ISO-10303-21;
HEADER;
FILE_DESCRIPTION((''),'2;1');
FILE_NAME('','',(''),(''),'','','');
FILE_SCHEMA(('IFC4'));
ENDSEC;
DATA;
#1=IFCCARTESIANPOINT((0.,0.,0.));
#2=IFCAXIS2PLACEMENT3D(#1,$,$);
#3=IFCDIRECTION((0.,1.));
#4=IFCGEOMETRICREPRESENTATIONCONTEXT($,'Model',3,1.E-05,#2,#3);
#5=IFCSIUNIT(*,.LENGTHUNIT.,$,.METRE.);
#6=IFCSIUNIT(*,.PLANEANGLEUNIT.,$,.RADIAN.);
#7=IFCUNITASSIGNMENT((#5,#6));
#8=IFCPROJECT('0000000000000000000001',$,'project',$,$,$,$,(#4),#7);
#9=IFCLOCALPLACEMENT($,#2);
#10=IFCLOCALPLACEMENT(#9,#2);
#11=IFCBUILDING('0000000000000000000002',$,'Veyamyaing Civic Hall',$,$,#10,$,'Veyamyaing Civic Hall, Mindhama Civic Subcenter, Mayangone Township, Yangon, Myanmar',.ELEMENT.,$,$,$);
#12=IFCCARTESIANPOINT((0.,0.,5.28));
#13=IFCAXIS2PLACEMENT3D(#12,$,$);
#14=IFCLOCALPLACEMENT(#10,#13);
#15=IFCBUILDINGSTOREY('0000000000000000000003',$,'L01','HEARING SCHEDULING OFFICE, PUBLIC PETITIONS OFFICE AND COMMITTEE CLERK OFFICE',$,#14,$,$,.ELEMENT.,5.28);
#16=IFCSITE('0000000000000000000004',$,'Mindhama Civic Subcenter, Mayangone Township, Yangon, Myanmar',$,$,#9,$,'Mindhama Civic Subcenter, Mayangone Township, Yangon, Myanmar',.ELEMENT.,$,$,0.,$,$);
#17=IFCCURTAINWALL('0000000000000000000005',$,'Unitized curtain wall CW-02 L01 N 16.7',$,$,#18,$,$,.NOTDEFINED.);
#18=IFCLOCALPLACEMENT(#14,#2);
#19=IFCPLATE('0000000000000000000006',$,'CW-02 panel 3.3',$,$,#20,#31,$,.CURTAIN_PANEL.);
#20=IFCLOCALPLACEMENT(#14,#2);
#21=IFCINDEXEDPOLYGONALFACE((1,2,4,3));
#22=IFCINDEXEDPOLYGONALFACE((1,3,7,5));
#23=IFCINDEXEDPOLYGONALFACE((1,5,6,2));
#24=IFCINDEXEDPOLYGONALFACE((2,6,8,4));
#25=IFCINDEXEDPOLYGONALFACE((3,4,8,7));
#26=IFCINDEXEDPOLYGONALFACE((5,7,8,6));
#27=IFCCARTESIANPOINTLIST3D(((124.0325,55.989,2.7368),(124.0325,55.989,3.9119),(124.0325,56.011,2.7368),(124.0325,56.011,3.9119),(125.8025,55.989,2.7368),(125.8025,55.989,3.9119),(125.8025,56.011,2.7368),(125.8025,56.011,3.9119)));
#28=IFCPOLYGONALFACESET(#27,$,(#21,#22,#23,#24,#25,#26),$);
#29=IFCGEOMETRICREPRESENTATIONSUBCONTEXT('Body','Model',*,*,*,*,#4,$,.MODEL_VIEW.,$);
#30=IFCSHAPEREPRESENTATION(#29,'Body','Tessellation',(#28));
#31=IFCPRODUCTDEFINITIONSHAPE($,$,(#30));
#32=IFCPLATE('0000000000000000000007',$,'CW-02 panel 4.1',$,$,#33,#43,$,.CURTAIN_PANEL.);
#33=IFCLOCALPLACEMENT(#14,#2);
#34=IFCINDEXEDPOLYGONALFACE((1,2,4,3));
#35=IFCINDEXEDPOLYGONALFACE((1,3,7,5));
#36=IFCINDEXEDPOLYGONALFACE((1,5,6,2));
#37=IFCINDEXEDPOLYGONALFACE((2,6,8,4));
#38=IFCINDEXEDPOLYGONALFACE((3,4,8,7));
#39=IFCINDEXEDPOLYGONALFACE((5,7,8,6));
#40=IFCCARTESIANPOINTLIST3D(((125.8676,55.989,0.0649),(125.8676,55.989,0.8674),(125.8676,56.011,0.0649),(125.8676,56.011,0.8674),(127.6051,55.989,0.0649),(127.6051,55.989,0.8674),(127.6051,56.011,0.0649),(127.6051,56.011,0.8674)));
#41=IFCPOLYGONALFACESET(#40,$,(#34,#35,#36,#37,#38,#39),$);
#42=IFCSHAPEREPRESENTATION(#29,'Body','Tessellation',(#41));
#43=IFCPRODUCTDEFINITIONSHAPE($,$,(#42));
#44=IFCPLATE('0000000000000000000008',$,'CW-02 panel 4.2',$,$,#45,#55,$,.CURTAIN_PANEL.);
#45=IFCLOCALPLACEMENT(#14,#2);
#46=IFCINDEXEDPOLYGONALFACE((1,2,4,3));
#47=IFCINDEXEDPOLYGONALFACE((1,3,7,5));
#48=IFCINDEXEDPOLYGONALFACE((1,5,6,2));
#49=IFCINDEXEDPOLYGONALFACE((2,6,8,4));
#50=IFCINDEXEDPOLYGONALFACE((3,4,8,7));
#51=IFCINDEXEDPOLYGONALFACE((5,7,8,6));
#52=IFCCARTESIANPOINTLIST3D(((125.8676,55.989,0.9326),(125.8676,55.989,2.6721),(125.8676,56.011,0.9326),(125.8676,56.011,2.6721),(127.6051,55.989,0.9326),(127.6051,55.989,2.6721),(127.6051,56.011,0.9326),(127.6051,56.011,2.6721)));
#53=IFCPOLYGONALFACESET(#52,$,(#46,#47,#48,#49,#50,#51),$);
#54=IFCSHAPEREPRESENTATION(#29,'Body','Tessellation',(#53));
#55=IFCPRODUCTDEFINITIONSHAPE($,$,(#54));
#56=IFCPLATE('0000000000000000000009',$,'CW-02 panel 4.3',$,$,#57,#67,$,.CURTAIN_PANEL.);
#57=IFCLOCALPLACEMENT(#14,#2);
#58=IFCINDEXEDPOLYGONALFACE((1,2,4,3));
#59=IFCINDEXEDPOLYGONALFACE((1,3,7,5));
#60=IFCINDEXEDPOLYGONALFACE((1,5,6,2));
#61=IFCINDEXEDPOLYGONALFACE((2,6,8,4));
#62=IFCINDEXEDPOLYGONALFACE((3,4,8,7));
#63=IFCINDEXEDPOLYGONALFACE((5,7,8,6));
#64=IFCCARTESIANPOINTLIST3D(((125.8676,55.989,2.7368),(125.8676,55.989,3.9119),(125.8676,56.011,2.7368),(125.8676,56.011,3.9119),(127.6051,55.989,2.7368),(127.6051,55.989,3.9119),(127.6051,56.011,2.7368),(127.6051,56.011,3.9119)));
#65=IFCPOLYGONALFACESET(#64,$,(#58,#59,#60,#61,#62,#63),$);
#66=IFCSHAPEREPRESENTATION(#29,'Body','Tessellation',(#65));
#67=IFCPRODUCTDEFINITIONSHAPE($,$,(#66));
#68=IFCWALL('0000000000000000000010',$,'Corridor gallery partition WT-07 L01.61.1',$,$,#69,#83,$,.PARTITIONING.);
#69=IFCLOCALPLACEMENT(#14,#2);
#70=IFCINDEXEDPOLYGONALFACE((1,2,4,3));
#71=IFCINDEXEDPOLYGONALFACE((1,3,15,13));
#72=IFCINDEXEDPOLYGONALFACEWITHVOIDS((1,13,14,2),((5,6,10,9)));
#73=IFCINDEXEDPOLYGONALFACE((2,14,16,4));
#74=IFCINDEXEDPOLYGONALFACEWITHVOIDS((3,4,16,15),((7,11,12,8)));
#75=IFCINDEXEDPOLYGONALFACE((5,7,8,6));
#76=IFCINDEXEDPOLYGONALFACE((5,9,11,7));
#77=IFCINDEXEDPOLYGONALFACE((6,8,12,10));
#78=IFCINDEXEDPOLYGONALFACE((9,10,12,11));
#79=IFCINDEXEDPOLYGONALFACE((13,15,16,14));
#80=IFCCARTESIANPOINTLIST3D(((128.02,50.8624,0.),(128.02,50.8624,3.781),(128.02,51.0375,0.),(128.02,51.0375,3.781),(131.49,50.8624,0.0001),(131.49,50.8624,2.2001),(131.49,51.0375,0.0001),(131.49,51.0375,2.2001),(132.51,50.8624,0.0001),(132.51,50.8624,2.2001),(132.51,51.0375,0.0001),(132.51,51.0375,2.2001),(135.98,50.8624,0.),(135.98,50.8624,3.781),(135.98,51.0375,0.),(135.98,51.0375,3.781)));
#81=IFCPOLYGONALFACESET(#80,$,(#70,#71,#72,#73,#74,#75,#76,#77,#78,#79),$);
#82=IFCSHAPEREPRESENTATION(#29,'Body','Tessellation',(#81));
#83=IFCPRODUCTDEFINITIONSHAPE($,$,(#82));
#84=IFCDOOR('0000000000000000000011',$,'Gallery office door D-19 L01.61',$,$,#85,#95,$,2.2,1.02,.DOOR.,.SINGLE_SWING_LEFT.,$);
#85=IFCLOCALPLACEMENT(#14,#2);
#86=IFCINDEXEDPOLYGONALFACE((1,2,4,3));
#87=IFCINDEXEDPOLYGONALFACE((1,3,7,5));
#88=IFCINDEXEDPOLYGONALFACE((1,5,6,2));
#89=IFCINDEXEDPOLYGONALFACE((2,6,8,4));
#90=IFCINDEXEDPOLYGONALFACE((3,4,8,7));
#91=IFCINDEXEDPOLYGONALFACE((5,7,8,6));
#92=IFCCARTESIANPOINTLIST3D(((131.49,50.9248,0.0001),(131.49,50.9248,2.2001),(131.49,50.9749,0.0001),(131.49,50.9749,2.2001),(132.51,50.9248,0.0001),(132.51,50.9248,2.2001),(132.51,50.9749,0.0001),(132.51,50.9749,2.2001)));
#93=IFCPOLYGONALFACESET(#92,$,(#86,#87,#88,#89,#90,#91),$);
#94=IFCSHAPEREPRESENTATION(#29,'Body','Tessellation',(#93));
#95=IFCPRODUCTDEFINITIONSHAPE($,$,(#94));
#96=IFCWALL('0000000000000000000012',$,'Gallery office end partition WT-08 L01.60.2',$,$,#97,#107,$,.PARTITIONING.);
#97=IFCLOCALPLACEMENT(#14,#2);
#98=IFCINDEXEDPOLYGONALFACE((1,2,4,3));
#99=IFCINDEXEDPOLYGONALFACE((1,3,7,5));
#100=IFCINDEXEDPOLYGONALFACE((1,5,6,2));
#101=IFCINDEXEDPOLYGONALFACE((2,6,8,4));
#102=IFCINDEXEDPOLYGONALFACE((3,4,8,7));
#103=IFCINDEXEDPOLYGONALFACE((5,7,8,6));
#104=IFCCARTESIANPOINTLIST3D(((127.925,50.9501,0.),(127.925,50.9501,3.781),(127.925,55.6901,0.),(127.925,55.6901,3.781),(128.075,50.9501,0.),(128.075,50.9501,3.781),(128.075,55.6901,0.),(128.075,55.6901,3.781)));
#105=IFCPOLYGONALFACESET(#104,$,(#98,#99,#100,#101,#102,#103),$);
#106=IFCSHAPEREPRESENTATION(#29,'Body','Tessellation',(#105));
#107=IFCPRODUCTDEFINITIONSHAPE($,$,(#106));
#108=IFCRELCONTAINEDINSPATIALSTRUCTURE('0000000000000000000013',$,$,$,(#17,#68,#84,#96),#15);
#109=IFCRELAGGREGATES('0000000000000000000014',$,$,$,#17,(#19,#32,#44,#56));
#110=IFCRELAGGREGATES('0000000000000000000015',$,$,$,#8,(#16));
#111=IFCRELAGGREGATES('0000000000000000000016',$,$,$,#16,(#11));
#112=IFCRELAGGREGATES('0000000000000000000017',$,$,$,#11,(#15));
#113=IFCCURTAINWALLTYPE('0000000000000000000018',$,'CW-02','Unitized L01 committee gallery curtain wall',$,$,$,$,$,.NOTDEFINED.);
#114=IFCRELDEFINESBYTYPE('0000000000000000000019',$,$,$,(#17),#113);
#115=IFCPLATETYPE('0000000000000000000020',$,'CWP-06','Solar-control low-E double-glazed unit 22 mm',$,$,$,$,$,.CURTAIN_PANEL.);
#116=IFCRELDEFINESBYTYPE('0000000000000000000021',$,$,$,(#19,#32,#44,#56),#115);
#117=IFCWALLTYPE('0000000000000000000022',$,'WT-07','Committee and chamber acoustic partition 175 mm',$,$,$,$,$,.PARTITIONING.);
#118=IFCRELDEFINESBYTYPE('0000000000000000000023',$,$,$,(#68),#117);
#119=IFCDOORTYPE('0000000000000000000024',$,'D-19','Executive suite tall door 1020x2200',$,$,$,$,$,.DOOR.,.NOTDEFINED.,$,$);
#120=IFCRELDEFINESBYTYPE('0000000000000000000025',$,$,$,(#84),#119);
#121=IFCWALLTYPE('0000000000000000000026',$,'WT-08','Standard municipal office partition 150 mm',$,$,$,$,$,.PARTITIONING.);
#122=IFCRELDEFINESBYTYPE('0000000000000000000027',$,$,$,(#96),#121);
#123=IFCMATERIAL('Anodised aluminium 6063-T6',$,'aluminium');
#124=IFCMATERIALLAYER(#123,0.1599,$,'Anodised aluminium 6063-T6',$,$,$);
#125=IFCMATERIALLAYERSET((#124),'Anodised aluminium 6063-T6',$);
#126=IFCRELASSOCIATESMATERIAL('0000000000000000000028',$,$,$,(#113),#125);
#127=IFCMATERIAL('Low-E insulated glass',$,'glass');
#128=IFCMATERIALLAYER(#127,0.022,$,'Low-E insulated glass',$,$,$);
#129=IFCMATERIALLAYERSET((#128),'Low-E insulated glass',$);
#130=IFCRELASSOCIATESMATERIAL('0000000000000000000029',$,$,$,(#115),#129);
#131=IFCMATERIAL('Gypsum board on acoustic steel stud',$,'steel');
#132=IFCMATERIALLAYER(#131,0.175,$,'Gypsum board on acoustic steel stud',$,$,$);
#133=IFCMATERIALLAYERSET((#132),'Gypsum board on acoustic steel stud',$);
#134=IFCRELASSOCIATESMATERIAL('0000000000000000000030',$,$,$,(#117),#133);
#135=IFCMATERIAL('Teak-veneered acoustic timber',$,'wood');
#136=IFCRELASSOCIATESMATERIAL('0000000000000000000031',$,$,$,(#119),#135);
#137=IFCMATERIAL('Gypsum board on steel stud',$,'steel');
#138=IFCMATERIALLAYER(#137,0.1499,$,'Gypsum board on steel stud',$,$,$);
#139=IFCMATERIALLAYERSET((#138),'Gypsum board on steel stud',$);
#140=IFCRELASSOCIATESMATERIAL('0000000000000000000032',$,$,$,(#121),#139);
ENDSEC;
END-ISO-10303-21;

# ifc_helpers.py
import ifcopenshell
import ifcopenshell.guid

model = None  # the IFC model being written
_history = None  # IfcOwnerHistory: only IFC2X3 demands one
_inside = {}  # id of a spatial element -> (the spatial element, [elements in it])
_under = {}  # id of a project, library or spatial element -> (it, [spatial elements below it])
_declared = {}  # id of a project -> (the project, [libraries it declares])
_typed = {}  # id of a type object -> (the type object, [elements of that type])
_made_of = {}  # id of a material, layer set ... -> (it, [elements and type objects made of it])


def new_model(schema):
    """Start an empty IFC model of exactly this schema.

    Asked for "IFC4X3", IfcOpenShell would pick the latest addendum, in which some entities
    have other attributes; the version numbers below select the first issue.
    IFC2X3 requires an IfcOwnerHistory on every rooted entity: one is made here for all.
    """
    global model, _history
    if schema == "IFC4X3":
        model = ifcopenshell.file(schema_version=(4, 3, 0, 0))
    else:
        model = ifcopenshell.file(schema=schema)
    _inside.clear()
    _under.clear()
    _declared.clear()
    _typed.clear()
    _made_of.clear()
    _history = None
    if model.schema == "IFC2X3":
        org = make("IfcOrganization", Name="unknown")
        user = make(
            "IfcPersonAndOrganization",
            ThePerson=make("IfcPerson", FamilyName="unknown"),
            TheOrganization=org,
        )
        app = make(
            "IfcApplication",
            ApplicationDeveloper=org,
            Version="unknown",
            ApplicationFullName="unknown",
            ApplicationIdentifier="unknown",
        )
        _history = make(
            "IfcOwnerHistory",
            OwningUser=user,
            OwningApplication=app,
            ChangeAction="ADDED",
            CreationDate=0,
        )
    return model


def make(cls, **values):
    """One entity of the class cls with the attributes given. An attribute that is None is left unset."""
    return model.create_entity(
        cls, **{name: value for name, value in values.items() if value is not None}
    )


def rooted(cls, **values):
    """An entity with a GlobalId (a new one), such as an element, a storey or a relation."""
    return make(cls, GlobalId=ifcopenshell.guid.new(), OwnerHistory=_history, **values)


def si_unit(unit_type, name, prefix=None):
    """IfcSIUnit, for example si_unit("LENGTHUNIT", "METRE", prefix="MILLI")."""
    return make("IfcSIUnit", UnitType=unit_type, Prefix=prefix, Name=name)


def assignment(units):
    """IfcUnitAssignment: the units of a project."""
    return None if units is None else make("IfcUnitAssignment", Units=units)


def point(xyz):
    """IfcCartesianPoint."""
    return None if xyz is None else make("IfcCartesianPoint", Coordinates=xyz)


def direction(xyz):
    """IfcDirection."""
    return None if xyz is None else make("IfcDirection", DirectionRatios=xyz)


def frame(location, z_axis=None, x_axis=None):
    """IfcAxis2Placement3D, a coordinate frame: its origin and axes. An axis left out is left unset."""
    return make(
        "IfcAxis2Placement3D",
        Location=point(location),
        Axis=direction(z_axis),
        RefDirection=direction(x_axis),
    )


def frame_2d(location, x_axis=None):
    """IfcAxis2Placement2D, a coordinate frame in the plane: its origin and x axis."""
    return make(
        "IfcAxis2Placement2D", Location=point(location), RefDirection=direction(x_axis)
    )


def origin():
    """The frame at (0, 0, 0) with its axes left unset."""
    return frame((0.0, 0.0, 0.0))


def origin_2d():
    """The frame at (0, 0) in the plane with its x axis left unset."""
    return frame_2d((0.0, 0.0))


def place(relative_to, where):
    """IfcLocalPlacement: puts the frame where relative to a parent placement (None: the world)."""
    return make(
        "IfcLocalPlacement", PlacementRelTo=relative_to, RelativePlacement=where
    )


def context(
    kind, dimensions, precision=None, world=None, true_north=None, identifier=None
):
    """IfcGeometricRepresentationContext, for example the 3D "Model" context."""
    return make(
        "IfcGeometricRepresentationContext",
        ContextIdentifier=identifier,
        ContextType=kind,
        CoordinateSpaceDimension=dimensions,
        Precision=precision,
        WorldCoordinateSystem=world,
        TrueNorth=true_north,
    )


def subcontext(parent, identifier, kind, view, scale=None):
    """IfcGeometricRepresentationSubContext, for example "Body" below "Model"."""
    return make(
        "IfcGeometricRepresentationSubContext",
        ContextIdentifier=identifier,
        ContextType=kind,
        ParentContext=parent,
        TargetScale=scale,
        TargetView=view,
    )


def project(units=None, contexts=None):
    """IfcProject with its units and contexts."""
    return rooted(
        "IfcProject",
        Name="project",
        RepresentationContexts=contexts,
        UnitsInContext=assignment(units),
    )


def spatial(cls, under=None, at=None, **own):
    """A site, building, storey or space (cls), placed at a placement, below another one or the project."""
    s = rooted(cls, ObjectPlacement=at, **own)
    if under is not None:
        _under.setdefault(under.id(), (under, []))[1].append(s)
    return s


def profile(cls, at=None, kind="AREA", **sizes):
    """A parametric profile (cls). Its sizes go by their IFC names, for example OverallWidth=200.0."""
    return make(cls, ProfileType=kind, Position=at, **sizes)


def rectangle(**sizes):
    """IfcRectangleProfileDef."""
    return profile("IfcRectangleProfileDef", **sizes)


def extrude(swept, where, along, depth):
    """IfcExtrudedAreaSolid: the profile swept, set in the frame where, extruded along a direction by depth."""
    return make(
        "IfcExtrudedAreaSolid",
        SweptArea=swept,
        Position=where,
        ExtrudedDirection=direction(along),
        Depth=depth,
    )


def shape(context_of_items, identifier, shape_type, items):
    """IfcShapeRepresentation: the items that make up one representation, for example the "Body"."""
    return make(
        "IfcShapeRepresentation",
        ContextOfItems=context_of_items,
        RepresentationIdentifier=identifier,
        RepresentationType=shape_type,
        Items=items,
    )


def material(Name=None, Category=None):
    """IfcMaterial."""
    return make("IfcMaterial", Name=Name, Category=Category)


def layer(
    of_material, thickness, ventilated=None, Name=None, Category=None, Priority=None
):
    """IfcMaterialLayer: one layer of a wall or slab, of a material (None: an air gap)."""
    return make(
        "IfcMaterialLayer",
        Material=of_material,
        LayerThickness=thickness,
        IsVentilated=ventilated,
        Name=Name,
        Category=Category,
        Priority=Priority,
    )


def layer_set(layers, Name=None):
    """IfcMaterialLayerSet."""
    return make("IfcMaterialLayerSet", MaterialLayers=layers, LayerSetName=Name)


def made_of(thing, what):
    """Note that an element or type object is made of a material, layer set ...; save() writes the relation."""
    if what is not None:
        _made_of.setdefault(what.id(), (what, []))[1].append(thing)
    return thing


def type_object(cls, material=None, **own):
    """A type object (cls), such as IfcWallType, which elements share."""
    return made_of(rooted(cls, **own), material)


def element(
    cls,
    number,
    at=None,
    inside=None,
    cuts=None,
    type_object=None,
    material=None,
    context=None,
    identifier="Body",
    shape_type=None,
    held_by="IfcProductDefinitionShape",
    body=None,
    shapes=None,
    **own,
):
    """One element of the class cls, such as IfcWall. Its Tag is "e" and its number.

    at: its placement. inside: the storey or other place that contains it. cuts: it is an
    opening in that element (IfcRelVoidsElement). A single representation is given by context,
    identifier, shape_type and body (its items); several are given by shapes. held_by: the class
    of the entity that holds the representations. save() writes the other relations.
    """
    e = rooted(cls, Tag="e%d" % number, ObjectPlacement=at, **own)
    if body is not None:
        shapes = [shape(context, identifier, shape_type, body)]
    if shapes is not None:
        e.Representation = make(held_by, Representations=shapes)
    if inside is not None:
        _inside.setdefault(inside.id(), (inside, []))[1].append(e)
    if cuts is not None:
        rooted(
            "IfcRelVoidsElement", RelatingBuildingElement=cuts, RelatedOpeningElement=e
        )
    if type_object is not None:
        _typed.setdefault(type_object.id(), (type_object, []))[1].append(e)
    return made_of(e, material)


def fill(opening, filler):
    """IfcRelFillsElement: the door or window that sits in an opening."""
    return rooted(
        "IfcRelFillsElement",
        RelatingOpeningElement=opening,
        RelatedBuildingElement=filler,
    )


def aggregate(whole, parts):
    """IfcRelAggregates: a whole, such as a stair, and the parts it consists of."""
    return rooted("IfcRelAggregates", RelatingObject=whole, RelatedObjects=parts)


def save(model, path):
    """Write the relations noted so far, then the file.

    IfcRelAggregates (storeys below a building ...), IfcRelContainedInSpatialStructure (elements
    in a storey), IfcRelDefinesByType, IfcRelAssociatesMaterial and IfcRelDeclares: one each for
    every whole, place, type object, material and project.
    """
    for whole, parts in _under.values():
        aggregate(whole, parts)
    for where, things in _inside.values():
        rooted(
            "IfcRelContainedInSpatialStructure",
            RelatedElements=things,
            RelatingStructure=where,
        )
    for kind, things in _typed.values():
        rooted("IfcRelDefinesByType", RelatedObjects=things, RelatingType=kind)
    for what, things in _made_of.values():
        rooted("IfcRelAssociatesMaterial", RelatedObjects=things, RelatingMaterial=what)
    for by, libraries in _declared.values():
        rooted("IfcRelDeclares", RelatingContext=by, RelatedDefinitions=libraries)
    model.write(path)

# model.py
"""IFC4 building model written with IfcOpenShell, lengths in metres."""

from ifc_helpers import new_model, si_unit, direction, frame, frame_2d, origin, origin_2d, place, context, subcontext, project, spatial, rectangle, extrude, material, layer, layer_set, type_object, element, fill, aggregate, save


model = new_model("IFC4")

# Units and contexts
model_context = context("Model", 3, precision=1e-05, world=origin(), true_north=direction((0.0, 1.0)))
body_context = subcontext(model_context, "Body", "Model", "MODEL_VIEW")
ifc_project = project(units=[si_unit("LENGTHUNIT", "METRE"), si_unit("PLANEANGLEUNIT", "RADIAN")], contexts=[model_context])

# Site, building, storey
site_placement = place(None, origin())
site = spatial("IfcSite", under=ifc_project, at=site_placement, Name="Mindhama Civic Subcenter, Mayangone Township, Yangon, Myanmar", LongName="Mindhama Civic Subcenter, Mayangone Township, Yangon, Myanmar", CompositionType="ELEMENT", RefElevation=0.0)
building_placement = place(site_placement, origin())
building = spatial("IfcBuilding", under=site, at=building_placement, Name="Veyamyaing Civic Hall", LongName="Veyamyaing Civic Hall, Mindhama Civic Subcenter, Mayangone Township, Yangon, Myanmar", CompositionType="ELEMENT")
storey_placement = place(building_placement, frame((0.0, 0.0, 5.28)))
storey = spatial("IfcBuildingStorey", under=building, at=storey_placement, Name="L01", Description="HEARING SCHEDULING OFFICE, PUBLIC PETITIONS OFFICE AND COMMITTEE CLERK OFFICE", CompositionType="ELEMENT", Elevation=5.28)

# Curtain wall, plates
ifc_material_1 = material(Name="Anodised aluminium 6063-T6", Category="aluminium")
ifc_layer_1 = layer(ifc_material_1, 0.1599, Name="Anodised aluminium 6063-T6")
ifc_layer_set_1 = layer_set([ifc_layer_1], Name="Anodised aluminium 6063-T6")
curtain_wall_type = type_object("IfcCurtainWallType", Name="CW-02", Description="Unitized L01 committee gallery curtain wall", PredefinedType="NOTDEFINED", material=ifc_layer_set_1)
curtain_wall_placement = place(storey_placement, origin())
curtain_wall = element("IfcCurtainWall", 1, at=curtain_wall_placement, inside=storey, type_object=curtain_wall_type, Name="Unitized curtain wall CW-02 L01 N 16.7", PredefinedType="NOTDEFINED")
ifc_material_2 = material(Name="Low-E insulated glass", Category="glass")
ifc_layer_2 = layer(ifc_material_2, 0.022, Name="Low-E insulated glass")
ifc_layer_set_2 = layer_set([ifc_layer_2], Name="Low-E insulated glass")
plate_type = type_object("IfcPlateType", Name="CWP-06", Description="Solar-control low-E double-glazed unit 22 mm", PredefinedType="CURTAIN_PANEL", material=ifc_layer_set_2)
plate_1_placement = place(storey_placement, frame((124.9175, 56.0, 2.7368), z_axis=(0.0, 0.0, 1.0), x_axis=(1.0, 0.0, 0.0)))
plate_1 = element("IfcPlate", 2, at=plate_1_placement, type_object=plate_type, Name="CW-02 panel 3.3", PredefinedType="CURTAIN_PANEL", context=body_context, shape_type="SweptSolid", body=[
    extrude(rectangle(XDim=1.77, YDim=0.022, at=origin_2d()), origin(), (0.0, 0.0, 1.0), 1.175),
])
plate_2_placement = place(storey_placement, frame((126.7363, 56.0, 0.0649), z_axis=(0.0, 0.0, 1.0), x_axis=(1.0, 0.0, 0.0)))
plate_2 = element("IfcPlate", 3, at=plate_2_placement, type_object=plate_type, Name="CW-02 panel 4.1", PredefinedType="CURTAIN_PANEL", context=body_context, shape_type="SweptSolid", body=[
    extrude(rectangle(XDim=1.7375, YDim=0.022, at=origin_2d()), origin(), (0.0, 0.0, 1.0), 0.8025),
])
plate_3_placement = place(storey_placement, frame((126.7363, 56.0, 0.9326), z_axis=(0.0, 0.0, 1.0), x_axis=(1.0, 0.0, 0.0)))
plate_3 = element("IfcPlate", 4, at=plate_3_placement, type_object=plate_type, Name="CW-02 panel 4.2", PredefinedType="CURTAIN_PANEL", context=body_context, shape_type="SweptSolid", body=[
    extrude(rectangle(XDim=1.7375, YDim=0.022, at=origin_2d()), origin(), (0.0, 0.0, 1.0), 1.7395),
])
plate_4_placement = place(storey_placement, frame((126.7363, 56.0, 2.7368), z_axis=(0.0, 0.0, 1.0), x_axis=(1.0, 0.0, 0.0)))
plate_4 = element("IfcPlate", 5, at=plate_4_placement, type_object=plate_type, Name="CW-02 panel 4.3", PredefinedType="CURTAIN_PANEL", context=body_context, shape_type="SweptSolid", body=[
    extrude(rectangle(XDim=1.7375, YDim=0.022, at=origin_2d()), origin(), (0.0, 0.0, 1.0), 1.175),
])
aggregate(curtain_wall, [plate_1, plate_2, plate_3, plate_4])

# Wall, opening, door
ifc_material_3 = material(Name="Gypsum board on acoustic steel stud", Category="steel")
ifc_layer_3 = layer(ifc_material_3, 0.175, Name="Gypsum board on acoustic steel stud")
ifc_layer_set_3 = layer_set([ifc_layer_3], Name="Gypsum board on acoustic steel stud")
wall_type_1 = type_object("IfcWallType", Name="WT-07", Description="Committee and chamber acoustic partition 175 mm", PredefinedType="PARTITIONING", material=ifc_layer_set_3)
wall_1_placement = place(storey_placement, frame((128.02, 50.95, 0.0), z_axis=(0.0, 0.0, 1.0), x_axis=(1.0, 0.0, 0.0)))
wall_1 = element("IfcWall", 6, at=wall_1_placement, inside=storey, type_object=wall_type_1, Name="Corridor gallery partition WT-07 L01.61.1", PredefinedType="PARTITIONING", context=body_context, shape_type="SweptSolid", body=[
    extrude(rectangle(XDim=7.96, YDim=0.175, at=frame_2d((3.98, 0.0))), origin(), (0.0, 0.0, 1.0), 3.781),
])
opening_placement = place(wall_1_placement, frame((3.47, 0.0, 0.0)))
opening = element("IfcOpeningElement", 7, at=opening_placement, cuts=wall_1, PredefinedType="OPENING", context=body_context, shape_type="SweptSolid", body=[
    extrude(rectangle(XDim=1.02, YDim=2.2, at=frame_2d((0.51, 1.1001))), frame((0.0, 0.0974, 0.0), z_axis=(0.0, -1.0, 0.0), x_axis=(1.0, 0.0, 0.0)), (0.0, 0.0, 1.0), 0.1951),
])
ifc_material_4 = material(Name="Teak-veneered acoustic timber", Category="wood")
door_type = type_object("IfcDoorType", Name="D-19", Description="Executive suite tall door 1020x2200", OperationType="NOTDEFINED", PredefinedType="DOOR", material=ifc_material_4)
door_placement = place(opening_placement, origin())
door = element("IfcDoor", 8, at=door_placement, inside=storey, type_object=door_type, Name="Gallery office door D-19 L01.61", OperationType="SINGLE_SWING_LEFT", OverallHeight=2.2, OverallWidth=1.02, PredefinedType="DOOR", context=body_context, shape_type="SweptSolid", body=[
    extrude(rectangle(XDim=1.02, YDim=2.2, at=frame_2d((0.51, 1.1001))), frame((0.0, 0.0249, 0.0), z_axis=(0.0, -1.0, 0.0), x_axis=(1.0, 0.0, 0.0)), (0.0, 0.0, 1.0), 0.05),
])
fill(opening, door)

# Wall
ifc_material_5 = material(Name="Gypsum board on steel stud", Category="steel")
ifc_layer_4 = layer(ifc_material_5, 0.1499, Name="Gypsum board on steel stud")
ifc_layer_set_4 = layer_set([ifc_layer_4], Name="Gypsum board on steel stud")
wall_type_2 = type_object("IfcWallType", Name="WT-08", Description="Standard municipal office partition 150 mm", PredefinedType="PARTITIONING", material=ifc_layer_set_4)
wall_2_placement = place(storey_placement, frame((128.0, 50.95, 0.0), z_axis=(0.0, 0.0, 1.0), x_axis=(0.0, 1.0, 0.0)))
element("IfcWall", 9, at=wall_2_placement, inside=storey, type_object=wall_type_2, Name="Gallery office end partition WT-08 L01.60.2", PredefinedType="PARTITIONING", context=body_context, shape_type="SweptSolid", body=[
    extrude(rectangle(XDim=4.74, YDim=0.1499, at=frame_2d((2.3701, 0.0))), origin(), (0.0, 0.0, 1.0), 3.781),
])

save(model, "model.ifc")
